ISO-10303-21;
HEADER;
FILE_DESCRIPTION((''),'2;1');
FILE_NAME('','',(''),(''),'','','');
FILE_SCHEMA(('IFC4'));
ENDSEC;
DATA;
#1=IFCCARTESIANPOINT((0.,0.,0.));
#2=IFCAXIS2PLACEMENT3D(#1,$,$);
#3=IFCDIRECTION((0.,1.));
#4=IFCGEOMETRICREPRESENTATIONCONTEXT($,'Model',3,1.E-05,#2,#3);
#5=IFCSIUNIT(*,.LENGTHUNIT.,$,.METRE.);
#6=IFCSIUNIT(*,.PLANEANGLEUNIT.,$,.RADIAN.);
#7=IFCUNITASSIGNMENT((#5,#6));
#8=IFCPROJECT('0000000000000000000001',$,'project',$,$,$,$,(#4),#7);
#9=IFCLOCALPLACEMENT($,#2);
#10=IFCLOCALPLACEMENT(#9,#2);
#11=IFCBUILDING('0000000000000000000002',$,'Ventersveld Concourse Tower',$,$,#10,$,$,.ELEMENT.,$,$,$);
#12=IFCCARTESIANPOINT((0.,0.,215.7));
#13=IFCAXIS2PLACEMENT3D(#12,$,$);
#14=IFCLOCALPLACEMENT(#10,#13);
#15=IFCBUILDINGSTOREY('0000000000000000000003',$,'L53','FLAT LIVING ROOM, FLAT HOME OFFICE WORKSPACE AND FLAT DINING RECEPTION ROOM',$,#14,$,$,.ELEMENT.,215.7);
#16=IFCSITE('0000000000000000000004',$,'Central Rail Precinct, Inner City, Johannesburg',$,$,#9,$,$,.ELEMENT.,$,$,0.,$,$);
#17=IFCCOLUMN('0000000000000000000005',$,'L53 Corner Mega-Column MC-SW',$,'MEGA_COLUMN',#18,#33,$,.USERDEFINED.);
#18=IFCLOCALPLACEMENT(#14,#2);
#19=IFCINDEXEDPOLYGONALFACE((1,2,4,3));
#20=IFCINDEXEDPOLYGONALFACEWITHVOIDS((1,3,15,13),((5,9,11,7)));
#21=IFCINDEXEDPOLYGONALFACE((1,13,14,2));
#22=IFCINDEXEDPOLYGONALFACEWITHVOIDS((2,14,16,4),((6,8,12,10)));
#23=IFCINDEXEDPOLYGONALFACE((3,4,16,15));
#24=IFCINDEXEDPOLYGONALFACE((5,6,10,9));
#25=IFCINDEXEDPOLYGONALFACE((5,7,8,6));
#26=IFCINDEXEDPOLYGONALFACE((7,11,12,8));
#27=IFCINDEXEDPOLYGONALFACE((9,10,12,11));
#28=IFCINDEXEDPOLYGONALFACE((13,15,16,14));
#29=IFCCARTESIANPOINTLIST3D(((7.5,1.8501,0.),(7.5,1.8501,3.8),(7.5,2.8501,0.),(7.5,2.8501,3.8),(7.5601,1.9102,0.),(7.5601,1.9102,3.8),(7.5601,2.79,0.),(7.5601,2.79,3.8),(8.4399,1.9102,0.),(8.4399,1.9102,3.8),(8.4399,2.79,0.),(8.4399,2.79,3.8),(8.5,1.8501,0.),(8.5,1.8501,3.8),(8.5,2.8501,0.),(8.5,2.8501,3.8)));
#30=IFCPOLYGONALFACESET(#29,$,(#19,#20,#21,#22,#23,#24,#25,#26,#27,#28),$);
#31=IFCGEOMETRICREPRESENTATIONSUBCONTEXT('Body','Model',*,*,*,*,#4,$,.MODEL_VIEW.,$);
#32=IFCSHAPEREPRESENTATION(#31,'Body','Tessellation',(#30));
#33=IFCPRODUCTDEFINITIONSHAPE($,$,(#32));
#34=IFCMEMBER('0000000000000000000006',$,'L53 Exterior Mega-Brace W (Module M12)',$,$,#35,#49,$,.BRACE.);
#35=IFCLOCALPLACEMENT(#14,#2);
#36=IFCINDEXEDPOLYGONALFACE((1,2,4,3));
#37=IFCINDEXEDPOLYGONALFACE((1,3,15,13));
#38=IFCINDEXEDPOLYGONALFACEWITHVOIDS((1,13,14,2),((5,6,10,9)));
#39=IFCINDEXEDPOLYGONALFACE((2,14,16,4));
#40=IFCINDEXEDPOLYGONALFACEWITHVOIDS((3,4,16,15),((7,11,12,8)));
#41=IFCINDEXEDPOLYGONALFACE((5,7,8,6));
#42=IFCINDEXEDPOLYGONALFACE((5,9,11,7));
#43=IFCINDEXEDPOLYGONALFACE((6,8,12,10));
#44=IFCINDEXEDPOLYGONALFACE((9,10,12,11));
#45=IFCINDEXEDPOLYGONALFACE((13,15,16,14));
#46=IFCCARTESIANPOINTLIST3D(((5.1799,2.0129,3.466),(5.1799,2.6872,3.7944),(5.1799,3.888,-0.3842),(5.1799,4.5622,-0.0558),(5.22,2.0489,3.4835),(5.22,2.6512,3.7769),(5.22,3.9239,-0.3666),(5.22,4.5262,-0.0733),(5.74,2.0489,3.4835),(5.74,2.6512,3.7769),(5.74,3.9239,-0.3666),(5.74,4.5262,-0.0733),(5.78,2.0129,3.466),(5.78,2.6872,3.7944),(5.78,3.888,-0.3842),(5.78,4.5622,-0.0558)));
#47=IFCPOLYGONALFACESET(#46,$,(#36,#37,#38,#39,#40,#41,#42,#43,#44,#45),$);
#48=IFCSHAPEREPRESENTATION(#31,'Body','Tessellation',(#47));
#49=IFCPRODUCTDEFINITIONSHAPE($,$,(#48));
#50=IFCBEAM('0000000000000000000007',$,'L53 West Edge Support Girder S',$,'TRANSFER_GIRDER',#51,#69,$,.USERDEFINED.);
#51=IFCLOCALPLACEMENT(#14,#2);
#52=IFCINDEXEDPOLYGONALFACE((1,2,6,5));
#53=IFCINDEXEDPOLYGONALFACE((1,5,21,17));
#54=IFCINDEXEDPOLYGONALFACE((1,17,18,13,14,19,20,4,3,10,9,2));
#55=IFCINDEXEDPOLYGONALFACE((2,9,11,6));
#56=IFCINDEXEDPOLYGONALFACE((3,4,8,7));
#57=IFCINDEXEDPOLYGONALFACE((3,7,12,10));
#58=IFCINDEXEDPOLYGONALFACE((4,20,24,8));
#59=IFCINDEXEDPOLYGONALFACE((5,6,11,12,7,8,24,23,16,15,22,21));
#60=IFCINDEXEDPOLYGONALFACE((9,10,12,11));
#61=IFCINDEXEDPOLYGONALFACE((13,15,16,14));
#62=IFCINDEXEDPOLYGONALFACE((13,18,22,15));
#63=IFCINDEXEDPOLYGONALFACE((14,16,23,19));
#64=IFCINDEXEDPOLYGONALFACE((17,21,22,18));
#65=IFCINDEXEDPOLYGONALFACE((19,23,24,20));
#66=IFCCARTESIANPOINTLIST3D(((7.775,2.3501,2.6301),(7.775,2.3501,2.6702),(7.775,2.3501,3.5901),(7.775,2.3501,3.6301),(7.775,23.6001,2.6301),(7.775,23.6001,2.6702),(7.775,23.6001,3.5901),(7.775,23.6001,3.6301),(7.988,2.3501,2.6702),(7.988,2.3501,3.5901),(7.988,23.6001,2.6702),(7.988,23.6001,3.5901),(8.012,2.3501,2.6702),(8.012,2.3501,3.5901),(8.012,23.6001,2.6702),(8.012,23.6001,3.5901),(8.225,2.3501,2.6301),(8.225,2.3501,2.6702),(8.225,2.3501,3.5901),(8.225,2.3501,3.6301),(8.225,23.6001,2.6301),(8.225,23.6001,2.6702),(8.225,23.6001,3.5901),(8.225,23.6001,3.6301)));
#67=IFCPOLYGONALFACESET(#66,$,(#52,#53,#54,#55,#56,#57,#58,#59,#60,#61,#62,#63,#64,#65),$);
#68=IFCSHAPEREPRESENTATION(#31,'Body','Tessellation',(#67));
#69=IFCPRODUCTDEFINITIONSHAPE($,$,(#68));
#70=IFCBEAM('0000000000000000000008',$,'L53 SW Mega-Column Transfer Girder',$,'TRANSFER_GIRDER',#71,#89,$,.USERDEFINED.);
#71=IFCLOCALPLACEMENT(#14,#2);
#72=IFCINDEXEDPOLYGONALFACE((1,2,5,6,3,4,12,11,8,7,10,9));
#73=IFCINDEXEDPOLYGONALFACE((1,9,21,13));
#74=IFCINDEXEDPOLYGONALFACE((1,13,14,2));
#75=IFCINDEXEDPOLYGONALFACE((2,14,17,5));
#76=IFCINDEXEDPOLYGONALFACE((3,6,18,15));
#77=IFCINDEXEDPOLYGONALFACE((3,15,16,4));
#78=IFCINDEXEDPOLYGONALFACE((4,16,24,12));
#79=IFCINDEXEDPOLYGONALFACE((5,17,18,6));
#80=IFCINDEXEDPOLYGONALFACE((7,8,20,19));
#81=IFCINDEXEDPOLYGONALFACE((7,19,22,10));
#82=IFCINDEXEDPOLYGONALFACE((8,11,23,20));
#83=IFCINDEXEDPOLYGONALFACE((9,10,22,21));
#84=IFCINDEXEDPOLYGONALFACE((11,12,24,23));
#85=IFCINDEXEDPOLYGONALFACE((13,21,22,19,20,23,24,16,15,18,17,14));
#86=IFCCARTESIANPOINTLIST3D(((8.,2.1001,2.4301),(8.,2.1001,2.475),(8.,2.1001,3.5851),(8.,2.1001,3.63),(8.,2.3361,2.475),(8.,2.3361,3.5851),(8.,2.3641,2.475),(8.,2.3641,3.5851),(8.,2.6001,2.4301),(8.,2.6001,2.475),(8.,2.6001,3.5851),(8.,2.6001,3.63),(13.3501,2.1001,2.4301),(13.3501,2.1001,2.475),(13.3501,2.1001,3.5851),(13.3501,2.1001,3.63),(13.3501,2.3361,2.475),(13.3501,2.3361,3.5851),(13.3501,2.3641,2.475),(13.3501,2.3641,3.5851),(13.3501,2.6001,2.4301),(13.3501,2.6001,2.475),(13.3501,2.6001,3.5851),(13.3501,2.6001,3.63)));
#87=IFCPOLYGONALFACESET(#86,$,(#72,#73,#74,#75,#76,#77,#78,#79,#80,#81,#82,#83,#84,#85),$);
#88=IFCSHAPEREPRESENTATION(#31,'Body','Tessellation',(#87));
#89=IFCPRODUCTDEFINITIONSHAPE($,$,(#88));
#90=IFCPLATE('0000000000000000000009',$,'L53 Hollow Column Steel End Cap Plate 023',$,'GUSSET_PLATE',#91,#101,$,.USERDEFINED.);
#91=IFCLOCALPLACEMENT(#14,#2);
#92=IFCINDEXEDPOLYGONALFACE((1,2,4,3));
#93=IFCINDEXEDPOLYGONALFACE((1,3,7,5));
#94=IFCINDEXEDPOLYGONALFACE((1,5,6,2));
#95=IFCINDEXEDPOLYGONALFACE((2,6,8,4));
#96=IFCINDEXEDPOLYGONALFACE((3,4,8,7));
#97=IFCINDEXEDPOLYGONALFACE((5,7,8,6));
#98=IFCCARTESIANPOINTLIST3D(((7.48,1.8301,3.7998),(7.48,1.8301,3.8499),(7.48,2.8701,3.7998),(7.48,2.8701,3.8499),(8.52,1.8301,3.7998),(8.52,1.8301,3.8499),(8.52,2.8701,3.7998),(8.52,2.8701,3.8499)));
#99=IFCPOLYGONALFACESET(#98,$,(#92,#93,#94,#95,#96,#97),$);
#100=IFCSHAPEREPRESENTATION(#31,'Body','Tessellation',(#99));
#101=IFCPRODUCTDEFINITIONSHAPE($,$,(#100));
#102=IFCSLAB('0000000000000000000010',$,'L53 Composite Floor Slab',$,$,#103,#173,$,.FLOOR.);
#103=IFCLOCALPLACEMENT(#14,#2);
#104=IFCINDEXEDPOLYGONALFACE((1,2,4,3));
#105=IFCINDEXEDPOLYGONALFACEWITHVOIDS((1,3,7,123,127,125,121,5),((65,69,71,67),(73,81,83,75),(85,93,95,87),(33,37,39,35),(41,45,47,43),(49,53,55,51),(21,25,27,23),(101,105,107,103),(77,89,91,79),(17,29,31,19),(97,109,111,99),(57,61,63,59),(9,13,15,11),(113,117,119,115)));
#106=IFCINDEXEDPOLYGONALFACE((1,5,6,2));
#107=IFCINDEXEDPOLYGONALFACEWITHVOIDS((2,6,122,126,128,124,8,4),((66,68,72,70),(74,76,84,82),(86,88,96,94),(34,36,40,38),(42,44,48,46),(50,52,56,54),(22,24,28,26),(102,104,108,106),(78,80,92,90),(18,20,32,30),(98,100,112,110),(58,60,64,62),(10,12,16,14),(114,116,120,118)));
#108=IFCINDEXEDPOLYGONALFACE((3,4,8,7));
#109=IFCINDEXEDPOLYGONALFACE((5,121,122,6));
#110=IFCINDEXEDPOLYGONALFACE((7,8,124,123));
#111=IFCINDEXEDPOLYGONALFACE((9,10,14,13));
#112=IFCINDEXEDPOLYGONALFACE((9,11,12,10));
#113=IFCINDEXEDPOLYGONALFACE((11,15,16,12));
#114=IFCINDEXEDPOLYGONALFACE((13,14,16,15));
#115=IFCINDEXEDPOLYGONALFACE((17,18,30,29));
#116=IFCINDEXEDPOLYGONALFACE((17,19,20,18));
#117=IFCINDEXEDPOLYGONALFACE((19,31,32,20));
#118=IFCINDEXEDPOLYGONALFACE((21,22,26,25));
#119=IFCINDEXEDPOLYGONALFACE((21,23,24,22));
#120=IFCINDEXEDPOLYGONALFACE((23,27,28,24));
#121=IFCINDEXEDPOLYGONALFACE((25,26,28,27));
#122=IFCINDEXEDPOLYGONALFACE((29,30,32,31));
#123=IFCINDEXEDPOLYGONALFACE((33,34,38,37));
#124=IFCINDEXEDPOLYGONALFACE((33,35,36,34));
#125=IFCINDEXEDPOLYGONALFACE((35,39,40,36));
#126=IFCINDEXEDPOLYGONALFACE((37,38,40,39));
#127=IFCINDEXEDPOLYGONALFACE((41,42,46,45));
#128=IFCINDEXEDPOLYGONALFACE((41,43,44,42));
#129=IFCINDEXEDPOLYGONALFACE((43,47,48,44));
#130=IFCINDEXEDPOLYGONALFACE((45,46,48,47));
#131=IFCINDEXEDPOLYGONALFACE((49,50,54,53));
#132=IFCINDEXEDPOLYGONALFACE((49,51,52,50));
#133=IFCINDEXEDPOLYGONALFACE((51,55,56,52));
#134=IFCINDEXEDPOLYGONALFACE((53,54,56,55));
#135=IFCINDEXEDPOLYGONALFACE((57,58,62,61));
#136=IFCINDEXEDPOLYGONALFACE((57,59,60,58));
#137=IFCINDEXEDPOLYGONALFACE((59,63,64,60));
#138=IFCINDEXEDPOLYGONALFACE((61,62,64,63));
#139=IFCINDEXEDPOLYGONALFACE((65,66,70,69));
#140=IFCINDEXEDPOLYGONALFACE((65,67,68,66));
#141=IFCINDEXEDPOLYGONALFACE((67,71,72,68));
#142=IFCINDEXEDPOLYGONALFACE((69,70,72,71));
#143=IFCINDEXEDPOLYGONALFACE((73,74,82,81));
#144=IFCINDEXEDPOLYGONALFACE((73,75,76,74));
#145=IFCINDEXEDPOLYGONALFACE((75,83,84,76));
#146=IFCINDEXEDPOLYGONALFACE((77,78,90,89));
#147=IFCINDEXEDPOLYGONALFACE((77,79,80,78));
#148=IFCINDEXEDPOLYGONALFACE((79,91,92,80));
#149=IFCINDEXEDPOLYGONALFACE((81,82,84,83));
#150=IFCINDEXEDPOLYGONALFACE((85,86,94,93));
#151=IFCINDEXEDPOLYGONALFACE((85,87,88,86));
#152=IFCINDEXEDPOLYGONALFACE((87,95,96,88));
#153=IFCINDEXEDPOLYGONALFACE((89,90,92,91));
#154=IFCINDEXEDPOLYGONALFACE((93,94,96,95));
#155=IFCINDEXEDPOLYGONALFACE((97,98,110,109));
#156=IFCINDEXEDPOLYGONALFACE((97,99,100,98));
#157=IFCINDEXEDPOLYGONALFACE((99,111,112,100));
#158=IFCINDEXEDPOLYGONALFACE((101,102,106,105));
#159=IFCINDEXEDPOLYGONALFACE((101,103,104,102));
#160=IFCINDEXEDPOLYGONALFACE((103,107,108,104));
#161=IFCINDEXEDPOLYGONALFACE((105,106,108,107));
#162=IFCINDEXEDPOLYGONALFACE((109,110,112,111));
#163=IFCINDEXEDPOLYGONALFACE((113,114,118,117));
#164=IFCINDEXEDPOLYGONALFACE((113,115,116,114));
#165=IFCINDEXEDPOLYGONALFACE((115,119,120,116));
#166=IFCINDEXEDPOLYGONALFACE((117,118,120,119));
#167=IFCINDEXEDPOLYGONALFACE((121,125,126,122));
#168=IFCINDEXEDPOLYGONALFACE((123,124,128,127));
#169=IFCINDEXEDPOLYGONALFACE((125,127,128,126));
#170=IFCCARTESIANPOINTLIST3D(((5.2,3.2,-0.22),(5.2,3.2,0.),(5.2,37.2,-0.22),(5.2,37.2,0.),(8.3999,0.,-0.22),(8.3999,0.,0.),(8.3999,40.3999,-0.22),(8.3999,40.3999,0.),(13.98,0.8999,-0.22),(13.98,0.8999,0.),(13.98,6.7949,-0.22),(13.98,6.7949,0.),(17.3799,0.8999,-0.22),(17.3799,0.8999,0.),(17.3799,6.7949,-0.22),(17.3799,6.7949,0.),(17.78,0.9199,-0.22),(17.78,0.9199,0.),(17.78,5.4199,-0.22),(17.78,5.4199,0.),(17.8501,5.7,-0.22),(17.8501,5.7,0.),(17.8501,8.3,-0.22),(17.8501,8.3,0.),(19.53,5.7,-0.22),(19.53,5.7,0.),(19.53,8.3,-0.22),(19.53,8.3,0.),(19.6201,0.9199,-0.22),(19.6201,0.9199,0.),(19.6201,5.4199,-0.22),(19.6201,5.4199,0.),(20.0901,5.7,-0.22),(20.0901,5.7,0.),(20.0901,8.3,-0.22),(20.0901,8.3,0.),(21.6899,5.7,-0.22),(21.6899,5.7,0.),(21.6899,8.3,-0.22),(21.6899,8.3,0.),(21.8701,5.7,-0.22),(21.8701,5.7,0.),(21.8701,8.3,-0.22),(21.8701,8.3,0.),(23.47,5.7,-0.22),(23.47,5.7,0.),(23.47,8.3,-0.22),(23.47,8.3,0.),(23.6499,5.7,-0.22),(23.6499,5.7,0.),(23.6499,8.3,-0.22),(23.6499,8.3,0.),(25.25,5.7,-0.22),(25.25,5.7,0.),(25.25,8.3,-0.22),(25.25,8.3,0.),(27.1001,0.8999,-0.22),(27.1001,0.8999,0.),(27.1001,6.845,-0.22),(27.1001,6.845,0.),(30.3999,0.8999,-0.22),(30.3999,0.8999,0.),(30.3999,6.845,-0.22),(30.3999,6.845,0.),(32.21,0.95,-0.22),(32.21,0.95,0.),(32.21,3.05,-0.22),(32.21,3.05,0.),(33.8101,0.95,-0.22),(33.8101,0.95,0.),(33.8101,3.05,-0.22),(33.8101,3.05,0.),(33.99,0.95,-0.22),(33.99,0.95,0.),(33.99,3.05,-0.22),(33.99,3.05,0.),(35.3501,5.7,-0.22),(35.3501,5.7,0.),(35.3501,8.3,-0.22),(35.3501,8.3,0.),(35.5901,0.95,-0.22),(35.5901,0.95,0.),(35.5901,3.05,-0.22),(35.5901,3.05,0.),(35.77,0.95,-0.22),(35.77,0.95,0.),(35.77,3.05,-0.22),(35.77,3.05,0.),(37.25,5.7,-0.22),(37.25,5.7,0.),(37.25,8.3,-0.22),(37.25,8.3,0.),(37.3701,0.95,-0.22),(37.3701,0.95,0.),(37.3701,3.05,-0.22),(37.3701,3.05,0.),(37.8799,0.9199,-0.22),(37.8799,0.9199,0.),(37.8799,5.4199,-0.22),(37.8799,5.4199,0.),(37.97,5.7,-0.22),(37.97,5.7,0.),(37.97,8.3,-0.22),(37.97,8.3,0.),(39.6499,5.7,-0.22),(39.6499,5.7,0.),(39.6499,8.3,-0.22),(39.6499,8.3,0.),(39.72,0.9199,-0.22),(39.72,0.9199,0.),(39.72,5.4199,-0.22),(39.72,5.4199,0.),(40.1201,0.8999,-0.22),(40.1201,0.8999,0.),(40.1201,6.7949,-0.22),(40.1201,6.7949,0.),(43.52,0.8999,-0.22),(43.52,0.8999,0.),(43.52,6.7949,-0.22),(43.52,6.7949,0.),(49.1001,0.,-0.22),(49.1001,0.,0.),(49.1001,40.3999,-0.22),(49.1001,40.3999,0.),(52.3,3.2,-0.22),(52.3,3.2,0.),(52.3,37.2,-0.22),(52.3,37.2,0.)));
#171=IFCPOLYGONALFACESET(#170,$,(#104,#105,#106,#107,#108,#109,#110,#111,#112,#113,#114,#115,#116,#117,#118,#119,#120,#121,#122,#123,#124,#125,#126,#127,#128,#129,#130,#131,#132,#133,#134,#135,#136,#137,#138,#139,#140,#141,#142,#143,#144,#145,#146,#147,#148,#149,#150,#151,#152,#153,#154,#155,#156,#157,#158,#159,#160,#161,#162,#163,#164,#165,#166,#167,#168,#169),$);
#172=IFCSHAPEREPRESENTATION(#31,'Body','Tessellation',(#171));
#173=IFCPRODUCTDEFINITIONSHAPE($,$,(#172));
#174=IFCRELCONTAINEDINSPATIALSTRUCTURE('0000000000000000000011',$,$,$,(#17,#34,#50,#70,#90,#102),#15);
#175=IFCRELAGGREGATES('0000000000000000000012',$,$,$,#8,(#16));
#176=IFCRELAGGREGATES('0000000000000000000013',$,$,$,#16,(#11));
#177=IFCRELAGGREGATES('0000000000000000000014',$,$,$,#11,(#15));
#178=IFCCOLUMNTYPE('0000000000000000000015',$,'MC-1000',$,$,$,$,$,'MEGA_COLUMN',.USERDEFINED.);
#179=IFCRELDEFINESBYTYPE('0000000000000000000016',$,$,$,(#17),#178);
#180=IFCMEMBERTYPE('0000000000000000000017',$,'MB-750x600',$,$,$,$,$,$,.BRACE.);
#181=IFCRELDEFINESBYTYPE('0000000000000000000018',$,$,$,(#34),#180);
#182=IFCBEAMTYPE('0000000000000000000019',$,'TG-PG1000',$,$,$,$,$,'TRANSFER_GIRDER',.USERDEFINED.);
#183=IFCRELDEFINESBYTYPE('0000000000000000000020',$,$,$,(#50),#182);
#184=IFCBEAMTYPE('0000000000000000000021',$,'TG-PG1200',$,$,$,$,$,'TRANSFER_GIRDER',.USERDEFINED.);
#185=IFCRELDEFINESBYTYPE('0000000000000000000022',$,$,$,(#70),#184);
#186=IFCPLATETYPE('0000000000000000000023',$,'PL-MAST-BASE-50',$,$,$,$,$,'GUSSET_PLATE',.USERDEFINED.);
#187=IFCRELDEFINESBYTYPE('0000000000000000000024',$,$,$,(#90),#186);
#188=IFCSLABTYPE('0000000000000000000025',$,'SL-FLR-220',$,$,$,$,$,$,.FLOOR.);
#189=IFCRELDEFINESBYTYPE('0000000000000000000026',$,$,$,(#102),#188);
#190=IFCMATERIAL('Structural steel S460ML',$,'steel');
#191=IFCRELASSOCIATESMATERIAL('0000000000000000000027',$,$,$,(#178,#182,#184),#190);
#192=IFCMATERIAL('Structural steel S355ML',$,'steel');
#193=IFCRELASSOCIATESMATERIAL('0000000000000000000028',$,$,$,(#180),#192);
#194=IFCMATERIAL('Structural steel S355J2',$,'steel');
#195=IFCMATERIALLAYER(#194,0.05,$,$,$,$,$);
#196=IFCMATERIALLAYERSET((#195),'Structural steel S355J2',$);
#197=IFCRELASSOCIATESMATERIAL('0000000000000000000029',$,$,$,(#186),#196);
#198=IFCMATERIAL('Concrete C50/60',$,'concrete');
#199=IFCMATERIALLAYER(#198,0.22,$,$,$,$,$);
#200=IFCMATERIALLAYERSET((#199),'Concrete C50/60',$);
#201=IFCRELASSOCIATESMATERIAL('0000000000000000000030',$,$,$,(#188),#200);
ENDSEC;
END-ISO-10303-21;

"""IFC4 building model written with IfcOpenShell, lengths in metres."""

from ifc_helpers import new_model, si_unit, direction, frame, origin, origin_2d, place, context, subcontext, project, spatial, polyline, rectangle, hollow_rectangle, i_section, outline, extrude, material, layer, layer_set, material_profile, profile_set, type_object, element, save


model = new_model("IFC4")

# Units and contexts
model_context = context("Model", 3, precision=1e-05, world=origin(), true_north=direction((0.0, 1.0)))
body_context = subcontext(model_context, "Body", "Model", "MODEL_VIEW")
ifc_project = project(units=[si_unit("LENGTHUNIT", "METRE"), si_unit("PLANEANGLEUNIT", "RADIAN")], contexts=[model_context])

# Site, building, storey
site_placement = place(None, origin())
site = spatial("IfcSite", under=ifc_project, at=site_placement, Name="Central Rail Precinct, Inner City, Johannesburg", CompositionType="ELEMENT", RefElevation=0.0)
building_placement = place(site_placement, origin())
building = spatial("IfcBuilding", under=site, at=building_placement, Name="Ventersveld Concourse Tower", CompositionType="ELEMENT")
storey_placement = place(building_placement, frame((0.0, 0.0, 215.7)))
storey = spatial("IfcBuildingStorey", under=building, at=storey_placement, Name="L53", Description="FLAT LIVING ROOM, FLAT HOME OFFICE WORKSPACE AND FLAT DINING RECEPTION ROOM", CompositionType="ELEMENT", Elevation=215.7)

# Column
ifc_material_1 = material(Name="Structural steel S460ML", Category="steel")
ifc_material_profile_1 = material_profile(ifc_material_1, hollow_rectangle(XDim=1.0, YDim=1.0, WallThickness=0.0601, at=origin_2d()), Name="BOX 1000x1000x60")
ifc_profile_set_1 = profile_set([ifc_material_profile_1], Name="Structural steel S460ML")
column_type = type_object("IfcColumnType", Name="MC-1000", ElementType="MEGA_COLUMN", PredefinedType="USERDEFINED", material=ifc_profile_set_1)
column_placement = place(storey_placement, frame((8.0, 2.3501, 0.0), z_axis=(0.0, 0.0, 1.0), x_axis=(1.0, 0.0, 0.0)))
element("IfcColumn", 1, at=column_placement, inside=storey, type_object=column_type, Name="L53 Corner Mega-Column MC-SW", ObjectType="MEGA_COLUMN", PredefinedType="USERDEFINED", context=body_context, shape_type="SweptSolid", body=[
    extrude(hollow_rectangle(XDim=1.0, YDim=1.0, WallThickness=0.0601, at=origin_2d()), origin(), (0.0, 0.0, 1.0), 3.8),
])

# Member
ifc_material_2 = material(Name="Structural steel S355ML", Category="steel")
ifc_material_profile_2 = material_profile(ifc_material_2, hollow_rectangle(XDim=0.6001, YDim=0.75, WallThickness=0.04, at=origin_2d()), Name="BOX 750x600x40")
ifc_profile_set_2 = profile_set([ifc_material_profile_2], Name="Structural steel S355ML")
member_type = type_object("IfcMemberType", Name="MB-750x600", PredefinedType="BRACE", material=ifc_profile_set_2)
member_placement = place(storey_placement, frame((5.48, 4.2251, -0.22), z_axis=(0.0, -0.437839, 0.899053), x_axis=(1.0, 0.0, 0.0)))
element("IfcMember", 2, at=member_placement, inside=storey, type_object=member_type, Name="L53 Exterior Mega-Brace W (Module M12)", PredefinedType="BRACE", context=body_context, shape_type="SweptSolid", body=[
    extrude(hollow_rectangle(XDim=0.6001, YDim=0.75, WallThickness=0.04, at=origin_2d()), origin(), (0.0, 0.0, 1.0), 4.2825),
])

# Beams
ifc_material_profile_3 = material_profile(ifc_material_1, i_section(OverallWidth=0.45, OverallDepth=1.0, WebThickness=0.0239, FlangeThickness=0.04, at=origin_2d()), Name="PG 1000x450x40")
ifc_profile_set_3 = profile_set([ifc_material_profile_3], Name="Structural steel S460ML")
beam_type_1 = type_object("IfcBeamType", Name="TG-PG1000", ElementType="TRANSFER_GIRDER", PredefinedType="USERDEFINED", material=ifc_profile_set_3)
beam_1_placement = place(storey_placement, frame((8.0, 2.3501, 3.1301), z_axis=(0.0, 1.0, 0.0), x_axis=(-1.0, 0.0, 0.0)))
element("IfcBeam", 3, at=beam_1_placement, inside=storey, type_object=beam_type_1, Name="L53 West Edge Support Girder S", ObjectType="TRANSFER_GIRDER", PredefinedType="USERDEFINED", context=body_context, shape_type="SweptSolid", body=[
    extrude(i_section(OverallWidth=0.45, OverallDepth=1.0, WebThickness=0.0239, FlangeThickness=0.04, at=origin_2d()), origin(), (0.0, 0.0, 1.0), 21.25),
])
ifc_material_profile_4 = material_profile(ifc_material_1, i_section(OverallWidth=0.5, OverallDepth=1.2, WebThickness=0.0281, FlangeThickness=0.0449, at=origin_2d()), Name="PG 1200x500x45")
ifc_profile_set_4 = profile_set([ifc_material_profile_4], Name="Structural steel S460ML")
beam_type_2 = type_object("IfcBeamType", Name="TG-PG1200", ElementType="TRANSFER_GIRDER", PredefinedType="USERDEFINED", material=ifc_profile_set_4)
beam_2_placement = place(storey_placement, frame((8.0, 2.3501, 3.03), z_axis=(1.0, 0.0, 0.0), x_axis=(0.0, 1.0, 0.0)))
element("IfcBeam", 4, at=beam_2_placement, inside=storey, type_object=beam_type_2, Name="L53 SW Mega-Column Transfer Girder", ObjectType="TRANSFER_GIRDER", PredefinedType="USERDEFINED", context=body_context, shape_type="SweptSolid", body=[
    extrude(i_section(OverallWidth=0.5, OverallDepth=1.2, WebThickness=0.0281, FlangeThickness=0.0449, at=origin_2d()), origin(), (0.0, 0.0, 1.0), 5.3501),
])

# Plate
ifc_material_3 = material(Name="Structural steel S355J2", Category="steel")
ifc_layer_1 = layer(ifc_material_3, 0.05)
ifc_layer_set_1 = layer_set([ifc_layer_1], Name="Structural steel S355J2")
plate_type = type_object("IfcPlateType", Name="PL-MAST-BASE-50", ElementType="GUSSET_PLATE", PredefinedType="USERDEFINED", material=ifc_layer_set_1)
plate_placement = place(storey_placement, frame((8.0, 2.3501, 3.7998), z_axis=(0.0, 0.0, 1.0), x_axis=(1.0, 0.0, 0.0)))
element("IfcPlate", 5, at=plate_placement, inside=storey, type_object=plate_type, Name="L53 Hollow Column Steel End Cap Plate 023", ObjectType="GUSSET_PLATE", PredefinedType="USERDEFINED", context=body_context, shape_type="SweptSolid", body=[
    extrude(rectangle(XDim=1.04, YDim=1.04, at=origin_2d()), origin(), (0.0, 0.0, 1.0), 0.05),
])

# Slab
ifc_material_4 = material(Name="Concrete C50/60", Category="concrete")
ifc_layer_2 = layer(ifc_material_4, 0.22)
ifc_layer_set_2 = layer_set([ifc_layer_2], Name="Concrete C50/60")
slab_type_1 = type_object("IfcSlabType", Name="SL-FLR-220", PredefinedType="FLOOR", material=ifc_layer_set_2)
slab_1_placement = place(storey_placement, frame((0.0, 0.0, -0.22)))
element("IfcSlab", 6, at=slab_1_placement, inside=storey, type_object=slab_type_1, Name="L53 Composite Floor Slab", PredefinedType="FLOOR", context=body_context, shape_type="SweptSolid", body=[
    extrude(outline(polyline([(8.3999, 0.0), (49.1001, 0.0), (52.3, 3.2), (52.3, 37.2), (49.1001, 40.3999), (8.3999, 40.3999), (5.2, 37.2), (5.2, 3.2), (8.3999, 0.0)]), holes=[polyline([(13.98, 6.7949), (13.98, 0.8999), (17.3799, 0.8999), (17.3799, 6.7949), (13.98, 6.7949)]), polyline([(40.1201, 6.7949), (40.1201, 0.8999), (43.52, 0.8999), (43.52, 6.7949), (40.1201, 6.7949)]), polyline([(27.1001, 6.845), (27.1001, 0.8999), (30.3999, 0.8999), (30.3999, 6.845), (27.1001, 6.845)]), polyline([(17.8501, 5.7), (19.53, 5.7), (19.53, 8.3), (17.8501, 8.3), (17.8501, 5.7)]), polyline([(37.97, 5.7), (39.6499, 5.7), (39.6499, 8.3), (37.97, 8.3), (37.97, 5.7)]), polyline([(35.3501, 5.7), (37.25, 5.7), (37.25, 8.3), (35.3501, 8.3), (35.3501, 5.7)]), polyline([(32.21, 0.95), (33.8101, 0.95), (33.8101, 3.05), (32.21, 3.05), (32.21, 0.95)]), polyline([(33.99, 0.95), (35.5901, 0.95), (35.5901, 3.05), (33.99, 3.05), (33.99, 0.95)]), polyline([(35.77, 0.95), (37.3701, 0.95), (37.3701, 3.05), (35.77, 3.05), (35.77, 0.95)]), polyline([(20.0901, 5.7), (21.6899, 5.7), (21.6899, 8.3), (20.0901, 8.3), (20.0901, 5.7)]), polyline([(21.8701, 5.7), (23.47, 5.7), (23.47, 8.3), (21.8701, 8.3), (21.8701, 5.7)]), polyline([(23.6499, 5.7), (25.25, 5.7), (25.25, 8.3), (23.6499, 8.3), (23.6499, 5.7)]), polyline([(17.78, 0.9199), (19.6201, 0.9199), (19.6201, 5.4199), (17.78, 5.4199), (17.78, 0.9199)]), polyline([(37.8799, 0.9199), (39.72, 0.9199), (39.72, 5.4199), (37.8799, 5.4199), (37.8799, 0.9199)])]), origin(), (0.0, 0.0, 1.0), 0.22),
])

save(model, "model.ifc")
